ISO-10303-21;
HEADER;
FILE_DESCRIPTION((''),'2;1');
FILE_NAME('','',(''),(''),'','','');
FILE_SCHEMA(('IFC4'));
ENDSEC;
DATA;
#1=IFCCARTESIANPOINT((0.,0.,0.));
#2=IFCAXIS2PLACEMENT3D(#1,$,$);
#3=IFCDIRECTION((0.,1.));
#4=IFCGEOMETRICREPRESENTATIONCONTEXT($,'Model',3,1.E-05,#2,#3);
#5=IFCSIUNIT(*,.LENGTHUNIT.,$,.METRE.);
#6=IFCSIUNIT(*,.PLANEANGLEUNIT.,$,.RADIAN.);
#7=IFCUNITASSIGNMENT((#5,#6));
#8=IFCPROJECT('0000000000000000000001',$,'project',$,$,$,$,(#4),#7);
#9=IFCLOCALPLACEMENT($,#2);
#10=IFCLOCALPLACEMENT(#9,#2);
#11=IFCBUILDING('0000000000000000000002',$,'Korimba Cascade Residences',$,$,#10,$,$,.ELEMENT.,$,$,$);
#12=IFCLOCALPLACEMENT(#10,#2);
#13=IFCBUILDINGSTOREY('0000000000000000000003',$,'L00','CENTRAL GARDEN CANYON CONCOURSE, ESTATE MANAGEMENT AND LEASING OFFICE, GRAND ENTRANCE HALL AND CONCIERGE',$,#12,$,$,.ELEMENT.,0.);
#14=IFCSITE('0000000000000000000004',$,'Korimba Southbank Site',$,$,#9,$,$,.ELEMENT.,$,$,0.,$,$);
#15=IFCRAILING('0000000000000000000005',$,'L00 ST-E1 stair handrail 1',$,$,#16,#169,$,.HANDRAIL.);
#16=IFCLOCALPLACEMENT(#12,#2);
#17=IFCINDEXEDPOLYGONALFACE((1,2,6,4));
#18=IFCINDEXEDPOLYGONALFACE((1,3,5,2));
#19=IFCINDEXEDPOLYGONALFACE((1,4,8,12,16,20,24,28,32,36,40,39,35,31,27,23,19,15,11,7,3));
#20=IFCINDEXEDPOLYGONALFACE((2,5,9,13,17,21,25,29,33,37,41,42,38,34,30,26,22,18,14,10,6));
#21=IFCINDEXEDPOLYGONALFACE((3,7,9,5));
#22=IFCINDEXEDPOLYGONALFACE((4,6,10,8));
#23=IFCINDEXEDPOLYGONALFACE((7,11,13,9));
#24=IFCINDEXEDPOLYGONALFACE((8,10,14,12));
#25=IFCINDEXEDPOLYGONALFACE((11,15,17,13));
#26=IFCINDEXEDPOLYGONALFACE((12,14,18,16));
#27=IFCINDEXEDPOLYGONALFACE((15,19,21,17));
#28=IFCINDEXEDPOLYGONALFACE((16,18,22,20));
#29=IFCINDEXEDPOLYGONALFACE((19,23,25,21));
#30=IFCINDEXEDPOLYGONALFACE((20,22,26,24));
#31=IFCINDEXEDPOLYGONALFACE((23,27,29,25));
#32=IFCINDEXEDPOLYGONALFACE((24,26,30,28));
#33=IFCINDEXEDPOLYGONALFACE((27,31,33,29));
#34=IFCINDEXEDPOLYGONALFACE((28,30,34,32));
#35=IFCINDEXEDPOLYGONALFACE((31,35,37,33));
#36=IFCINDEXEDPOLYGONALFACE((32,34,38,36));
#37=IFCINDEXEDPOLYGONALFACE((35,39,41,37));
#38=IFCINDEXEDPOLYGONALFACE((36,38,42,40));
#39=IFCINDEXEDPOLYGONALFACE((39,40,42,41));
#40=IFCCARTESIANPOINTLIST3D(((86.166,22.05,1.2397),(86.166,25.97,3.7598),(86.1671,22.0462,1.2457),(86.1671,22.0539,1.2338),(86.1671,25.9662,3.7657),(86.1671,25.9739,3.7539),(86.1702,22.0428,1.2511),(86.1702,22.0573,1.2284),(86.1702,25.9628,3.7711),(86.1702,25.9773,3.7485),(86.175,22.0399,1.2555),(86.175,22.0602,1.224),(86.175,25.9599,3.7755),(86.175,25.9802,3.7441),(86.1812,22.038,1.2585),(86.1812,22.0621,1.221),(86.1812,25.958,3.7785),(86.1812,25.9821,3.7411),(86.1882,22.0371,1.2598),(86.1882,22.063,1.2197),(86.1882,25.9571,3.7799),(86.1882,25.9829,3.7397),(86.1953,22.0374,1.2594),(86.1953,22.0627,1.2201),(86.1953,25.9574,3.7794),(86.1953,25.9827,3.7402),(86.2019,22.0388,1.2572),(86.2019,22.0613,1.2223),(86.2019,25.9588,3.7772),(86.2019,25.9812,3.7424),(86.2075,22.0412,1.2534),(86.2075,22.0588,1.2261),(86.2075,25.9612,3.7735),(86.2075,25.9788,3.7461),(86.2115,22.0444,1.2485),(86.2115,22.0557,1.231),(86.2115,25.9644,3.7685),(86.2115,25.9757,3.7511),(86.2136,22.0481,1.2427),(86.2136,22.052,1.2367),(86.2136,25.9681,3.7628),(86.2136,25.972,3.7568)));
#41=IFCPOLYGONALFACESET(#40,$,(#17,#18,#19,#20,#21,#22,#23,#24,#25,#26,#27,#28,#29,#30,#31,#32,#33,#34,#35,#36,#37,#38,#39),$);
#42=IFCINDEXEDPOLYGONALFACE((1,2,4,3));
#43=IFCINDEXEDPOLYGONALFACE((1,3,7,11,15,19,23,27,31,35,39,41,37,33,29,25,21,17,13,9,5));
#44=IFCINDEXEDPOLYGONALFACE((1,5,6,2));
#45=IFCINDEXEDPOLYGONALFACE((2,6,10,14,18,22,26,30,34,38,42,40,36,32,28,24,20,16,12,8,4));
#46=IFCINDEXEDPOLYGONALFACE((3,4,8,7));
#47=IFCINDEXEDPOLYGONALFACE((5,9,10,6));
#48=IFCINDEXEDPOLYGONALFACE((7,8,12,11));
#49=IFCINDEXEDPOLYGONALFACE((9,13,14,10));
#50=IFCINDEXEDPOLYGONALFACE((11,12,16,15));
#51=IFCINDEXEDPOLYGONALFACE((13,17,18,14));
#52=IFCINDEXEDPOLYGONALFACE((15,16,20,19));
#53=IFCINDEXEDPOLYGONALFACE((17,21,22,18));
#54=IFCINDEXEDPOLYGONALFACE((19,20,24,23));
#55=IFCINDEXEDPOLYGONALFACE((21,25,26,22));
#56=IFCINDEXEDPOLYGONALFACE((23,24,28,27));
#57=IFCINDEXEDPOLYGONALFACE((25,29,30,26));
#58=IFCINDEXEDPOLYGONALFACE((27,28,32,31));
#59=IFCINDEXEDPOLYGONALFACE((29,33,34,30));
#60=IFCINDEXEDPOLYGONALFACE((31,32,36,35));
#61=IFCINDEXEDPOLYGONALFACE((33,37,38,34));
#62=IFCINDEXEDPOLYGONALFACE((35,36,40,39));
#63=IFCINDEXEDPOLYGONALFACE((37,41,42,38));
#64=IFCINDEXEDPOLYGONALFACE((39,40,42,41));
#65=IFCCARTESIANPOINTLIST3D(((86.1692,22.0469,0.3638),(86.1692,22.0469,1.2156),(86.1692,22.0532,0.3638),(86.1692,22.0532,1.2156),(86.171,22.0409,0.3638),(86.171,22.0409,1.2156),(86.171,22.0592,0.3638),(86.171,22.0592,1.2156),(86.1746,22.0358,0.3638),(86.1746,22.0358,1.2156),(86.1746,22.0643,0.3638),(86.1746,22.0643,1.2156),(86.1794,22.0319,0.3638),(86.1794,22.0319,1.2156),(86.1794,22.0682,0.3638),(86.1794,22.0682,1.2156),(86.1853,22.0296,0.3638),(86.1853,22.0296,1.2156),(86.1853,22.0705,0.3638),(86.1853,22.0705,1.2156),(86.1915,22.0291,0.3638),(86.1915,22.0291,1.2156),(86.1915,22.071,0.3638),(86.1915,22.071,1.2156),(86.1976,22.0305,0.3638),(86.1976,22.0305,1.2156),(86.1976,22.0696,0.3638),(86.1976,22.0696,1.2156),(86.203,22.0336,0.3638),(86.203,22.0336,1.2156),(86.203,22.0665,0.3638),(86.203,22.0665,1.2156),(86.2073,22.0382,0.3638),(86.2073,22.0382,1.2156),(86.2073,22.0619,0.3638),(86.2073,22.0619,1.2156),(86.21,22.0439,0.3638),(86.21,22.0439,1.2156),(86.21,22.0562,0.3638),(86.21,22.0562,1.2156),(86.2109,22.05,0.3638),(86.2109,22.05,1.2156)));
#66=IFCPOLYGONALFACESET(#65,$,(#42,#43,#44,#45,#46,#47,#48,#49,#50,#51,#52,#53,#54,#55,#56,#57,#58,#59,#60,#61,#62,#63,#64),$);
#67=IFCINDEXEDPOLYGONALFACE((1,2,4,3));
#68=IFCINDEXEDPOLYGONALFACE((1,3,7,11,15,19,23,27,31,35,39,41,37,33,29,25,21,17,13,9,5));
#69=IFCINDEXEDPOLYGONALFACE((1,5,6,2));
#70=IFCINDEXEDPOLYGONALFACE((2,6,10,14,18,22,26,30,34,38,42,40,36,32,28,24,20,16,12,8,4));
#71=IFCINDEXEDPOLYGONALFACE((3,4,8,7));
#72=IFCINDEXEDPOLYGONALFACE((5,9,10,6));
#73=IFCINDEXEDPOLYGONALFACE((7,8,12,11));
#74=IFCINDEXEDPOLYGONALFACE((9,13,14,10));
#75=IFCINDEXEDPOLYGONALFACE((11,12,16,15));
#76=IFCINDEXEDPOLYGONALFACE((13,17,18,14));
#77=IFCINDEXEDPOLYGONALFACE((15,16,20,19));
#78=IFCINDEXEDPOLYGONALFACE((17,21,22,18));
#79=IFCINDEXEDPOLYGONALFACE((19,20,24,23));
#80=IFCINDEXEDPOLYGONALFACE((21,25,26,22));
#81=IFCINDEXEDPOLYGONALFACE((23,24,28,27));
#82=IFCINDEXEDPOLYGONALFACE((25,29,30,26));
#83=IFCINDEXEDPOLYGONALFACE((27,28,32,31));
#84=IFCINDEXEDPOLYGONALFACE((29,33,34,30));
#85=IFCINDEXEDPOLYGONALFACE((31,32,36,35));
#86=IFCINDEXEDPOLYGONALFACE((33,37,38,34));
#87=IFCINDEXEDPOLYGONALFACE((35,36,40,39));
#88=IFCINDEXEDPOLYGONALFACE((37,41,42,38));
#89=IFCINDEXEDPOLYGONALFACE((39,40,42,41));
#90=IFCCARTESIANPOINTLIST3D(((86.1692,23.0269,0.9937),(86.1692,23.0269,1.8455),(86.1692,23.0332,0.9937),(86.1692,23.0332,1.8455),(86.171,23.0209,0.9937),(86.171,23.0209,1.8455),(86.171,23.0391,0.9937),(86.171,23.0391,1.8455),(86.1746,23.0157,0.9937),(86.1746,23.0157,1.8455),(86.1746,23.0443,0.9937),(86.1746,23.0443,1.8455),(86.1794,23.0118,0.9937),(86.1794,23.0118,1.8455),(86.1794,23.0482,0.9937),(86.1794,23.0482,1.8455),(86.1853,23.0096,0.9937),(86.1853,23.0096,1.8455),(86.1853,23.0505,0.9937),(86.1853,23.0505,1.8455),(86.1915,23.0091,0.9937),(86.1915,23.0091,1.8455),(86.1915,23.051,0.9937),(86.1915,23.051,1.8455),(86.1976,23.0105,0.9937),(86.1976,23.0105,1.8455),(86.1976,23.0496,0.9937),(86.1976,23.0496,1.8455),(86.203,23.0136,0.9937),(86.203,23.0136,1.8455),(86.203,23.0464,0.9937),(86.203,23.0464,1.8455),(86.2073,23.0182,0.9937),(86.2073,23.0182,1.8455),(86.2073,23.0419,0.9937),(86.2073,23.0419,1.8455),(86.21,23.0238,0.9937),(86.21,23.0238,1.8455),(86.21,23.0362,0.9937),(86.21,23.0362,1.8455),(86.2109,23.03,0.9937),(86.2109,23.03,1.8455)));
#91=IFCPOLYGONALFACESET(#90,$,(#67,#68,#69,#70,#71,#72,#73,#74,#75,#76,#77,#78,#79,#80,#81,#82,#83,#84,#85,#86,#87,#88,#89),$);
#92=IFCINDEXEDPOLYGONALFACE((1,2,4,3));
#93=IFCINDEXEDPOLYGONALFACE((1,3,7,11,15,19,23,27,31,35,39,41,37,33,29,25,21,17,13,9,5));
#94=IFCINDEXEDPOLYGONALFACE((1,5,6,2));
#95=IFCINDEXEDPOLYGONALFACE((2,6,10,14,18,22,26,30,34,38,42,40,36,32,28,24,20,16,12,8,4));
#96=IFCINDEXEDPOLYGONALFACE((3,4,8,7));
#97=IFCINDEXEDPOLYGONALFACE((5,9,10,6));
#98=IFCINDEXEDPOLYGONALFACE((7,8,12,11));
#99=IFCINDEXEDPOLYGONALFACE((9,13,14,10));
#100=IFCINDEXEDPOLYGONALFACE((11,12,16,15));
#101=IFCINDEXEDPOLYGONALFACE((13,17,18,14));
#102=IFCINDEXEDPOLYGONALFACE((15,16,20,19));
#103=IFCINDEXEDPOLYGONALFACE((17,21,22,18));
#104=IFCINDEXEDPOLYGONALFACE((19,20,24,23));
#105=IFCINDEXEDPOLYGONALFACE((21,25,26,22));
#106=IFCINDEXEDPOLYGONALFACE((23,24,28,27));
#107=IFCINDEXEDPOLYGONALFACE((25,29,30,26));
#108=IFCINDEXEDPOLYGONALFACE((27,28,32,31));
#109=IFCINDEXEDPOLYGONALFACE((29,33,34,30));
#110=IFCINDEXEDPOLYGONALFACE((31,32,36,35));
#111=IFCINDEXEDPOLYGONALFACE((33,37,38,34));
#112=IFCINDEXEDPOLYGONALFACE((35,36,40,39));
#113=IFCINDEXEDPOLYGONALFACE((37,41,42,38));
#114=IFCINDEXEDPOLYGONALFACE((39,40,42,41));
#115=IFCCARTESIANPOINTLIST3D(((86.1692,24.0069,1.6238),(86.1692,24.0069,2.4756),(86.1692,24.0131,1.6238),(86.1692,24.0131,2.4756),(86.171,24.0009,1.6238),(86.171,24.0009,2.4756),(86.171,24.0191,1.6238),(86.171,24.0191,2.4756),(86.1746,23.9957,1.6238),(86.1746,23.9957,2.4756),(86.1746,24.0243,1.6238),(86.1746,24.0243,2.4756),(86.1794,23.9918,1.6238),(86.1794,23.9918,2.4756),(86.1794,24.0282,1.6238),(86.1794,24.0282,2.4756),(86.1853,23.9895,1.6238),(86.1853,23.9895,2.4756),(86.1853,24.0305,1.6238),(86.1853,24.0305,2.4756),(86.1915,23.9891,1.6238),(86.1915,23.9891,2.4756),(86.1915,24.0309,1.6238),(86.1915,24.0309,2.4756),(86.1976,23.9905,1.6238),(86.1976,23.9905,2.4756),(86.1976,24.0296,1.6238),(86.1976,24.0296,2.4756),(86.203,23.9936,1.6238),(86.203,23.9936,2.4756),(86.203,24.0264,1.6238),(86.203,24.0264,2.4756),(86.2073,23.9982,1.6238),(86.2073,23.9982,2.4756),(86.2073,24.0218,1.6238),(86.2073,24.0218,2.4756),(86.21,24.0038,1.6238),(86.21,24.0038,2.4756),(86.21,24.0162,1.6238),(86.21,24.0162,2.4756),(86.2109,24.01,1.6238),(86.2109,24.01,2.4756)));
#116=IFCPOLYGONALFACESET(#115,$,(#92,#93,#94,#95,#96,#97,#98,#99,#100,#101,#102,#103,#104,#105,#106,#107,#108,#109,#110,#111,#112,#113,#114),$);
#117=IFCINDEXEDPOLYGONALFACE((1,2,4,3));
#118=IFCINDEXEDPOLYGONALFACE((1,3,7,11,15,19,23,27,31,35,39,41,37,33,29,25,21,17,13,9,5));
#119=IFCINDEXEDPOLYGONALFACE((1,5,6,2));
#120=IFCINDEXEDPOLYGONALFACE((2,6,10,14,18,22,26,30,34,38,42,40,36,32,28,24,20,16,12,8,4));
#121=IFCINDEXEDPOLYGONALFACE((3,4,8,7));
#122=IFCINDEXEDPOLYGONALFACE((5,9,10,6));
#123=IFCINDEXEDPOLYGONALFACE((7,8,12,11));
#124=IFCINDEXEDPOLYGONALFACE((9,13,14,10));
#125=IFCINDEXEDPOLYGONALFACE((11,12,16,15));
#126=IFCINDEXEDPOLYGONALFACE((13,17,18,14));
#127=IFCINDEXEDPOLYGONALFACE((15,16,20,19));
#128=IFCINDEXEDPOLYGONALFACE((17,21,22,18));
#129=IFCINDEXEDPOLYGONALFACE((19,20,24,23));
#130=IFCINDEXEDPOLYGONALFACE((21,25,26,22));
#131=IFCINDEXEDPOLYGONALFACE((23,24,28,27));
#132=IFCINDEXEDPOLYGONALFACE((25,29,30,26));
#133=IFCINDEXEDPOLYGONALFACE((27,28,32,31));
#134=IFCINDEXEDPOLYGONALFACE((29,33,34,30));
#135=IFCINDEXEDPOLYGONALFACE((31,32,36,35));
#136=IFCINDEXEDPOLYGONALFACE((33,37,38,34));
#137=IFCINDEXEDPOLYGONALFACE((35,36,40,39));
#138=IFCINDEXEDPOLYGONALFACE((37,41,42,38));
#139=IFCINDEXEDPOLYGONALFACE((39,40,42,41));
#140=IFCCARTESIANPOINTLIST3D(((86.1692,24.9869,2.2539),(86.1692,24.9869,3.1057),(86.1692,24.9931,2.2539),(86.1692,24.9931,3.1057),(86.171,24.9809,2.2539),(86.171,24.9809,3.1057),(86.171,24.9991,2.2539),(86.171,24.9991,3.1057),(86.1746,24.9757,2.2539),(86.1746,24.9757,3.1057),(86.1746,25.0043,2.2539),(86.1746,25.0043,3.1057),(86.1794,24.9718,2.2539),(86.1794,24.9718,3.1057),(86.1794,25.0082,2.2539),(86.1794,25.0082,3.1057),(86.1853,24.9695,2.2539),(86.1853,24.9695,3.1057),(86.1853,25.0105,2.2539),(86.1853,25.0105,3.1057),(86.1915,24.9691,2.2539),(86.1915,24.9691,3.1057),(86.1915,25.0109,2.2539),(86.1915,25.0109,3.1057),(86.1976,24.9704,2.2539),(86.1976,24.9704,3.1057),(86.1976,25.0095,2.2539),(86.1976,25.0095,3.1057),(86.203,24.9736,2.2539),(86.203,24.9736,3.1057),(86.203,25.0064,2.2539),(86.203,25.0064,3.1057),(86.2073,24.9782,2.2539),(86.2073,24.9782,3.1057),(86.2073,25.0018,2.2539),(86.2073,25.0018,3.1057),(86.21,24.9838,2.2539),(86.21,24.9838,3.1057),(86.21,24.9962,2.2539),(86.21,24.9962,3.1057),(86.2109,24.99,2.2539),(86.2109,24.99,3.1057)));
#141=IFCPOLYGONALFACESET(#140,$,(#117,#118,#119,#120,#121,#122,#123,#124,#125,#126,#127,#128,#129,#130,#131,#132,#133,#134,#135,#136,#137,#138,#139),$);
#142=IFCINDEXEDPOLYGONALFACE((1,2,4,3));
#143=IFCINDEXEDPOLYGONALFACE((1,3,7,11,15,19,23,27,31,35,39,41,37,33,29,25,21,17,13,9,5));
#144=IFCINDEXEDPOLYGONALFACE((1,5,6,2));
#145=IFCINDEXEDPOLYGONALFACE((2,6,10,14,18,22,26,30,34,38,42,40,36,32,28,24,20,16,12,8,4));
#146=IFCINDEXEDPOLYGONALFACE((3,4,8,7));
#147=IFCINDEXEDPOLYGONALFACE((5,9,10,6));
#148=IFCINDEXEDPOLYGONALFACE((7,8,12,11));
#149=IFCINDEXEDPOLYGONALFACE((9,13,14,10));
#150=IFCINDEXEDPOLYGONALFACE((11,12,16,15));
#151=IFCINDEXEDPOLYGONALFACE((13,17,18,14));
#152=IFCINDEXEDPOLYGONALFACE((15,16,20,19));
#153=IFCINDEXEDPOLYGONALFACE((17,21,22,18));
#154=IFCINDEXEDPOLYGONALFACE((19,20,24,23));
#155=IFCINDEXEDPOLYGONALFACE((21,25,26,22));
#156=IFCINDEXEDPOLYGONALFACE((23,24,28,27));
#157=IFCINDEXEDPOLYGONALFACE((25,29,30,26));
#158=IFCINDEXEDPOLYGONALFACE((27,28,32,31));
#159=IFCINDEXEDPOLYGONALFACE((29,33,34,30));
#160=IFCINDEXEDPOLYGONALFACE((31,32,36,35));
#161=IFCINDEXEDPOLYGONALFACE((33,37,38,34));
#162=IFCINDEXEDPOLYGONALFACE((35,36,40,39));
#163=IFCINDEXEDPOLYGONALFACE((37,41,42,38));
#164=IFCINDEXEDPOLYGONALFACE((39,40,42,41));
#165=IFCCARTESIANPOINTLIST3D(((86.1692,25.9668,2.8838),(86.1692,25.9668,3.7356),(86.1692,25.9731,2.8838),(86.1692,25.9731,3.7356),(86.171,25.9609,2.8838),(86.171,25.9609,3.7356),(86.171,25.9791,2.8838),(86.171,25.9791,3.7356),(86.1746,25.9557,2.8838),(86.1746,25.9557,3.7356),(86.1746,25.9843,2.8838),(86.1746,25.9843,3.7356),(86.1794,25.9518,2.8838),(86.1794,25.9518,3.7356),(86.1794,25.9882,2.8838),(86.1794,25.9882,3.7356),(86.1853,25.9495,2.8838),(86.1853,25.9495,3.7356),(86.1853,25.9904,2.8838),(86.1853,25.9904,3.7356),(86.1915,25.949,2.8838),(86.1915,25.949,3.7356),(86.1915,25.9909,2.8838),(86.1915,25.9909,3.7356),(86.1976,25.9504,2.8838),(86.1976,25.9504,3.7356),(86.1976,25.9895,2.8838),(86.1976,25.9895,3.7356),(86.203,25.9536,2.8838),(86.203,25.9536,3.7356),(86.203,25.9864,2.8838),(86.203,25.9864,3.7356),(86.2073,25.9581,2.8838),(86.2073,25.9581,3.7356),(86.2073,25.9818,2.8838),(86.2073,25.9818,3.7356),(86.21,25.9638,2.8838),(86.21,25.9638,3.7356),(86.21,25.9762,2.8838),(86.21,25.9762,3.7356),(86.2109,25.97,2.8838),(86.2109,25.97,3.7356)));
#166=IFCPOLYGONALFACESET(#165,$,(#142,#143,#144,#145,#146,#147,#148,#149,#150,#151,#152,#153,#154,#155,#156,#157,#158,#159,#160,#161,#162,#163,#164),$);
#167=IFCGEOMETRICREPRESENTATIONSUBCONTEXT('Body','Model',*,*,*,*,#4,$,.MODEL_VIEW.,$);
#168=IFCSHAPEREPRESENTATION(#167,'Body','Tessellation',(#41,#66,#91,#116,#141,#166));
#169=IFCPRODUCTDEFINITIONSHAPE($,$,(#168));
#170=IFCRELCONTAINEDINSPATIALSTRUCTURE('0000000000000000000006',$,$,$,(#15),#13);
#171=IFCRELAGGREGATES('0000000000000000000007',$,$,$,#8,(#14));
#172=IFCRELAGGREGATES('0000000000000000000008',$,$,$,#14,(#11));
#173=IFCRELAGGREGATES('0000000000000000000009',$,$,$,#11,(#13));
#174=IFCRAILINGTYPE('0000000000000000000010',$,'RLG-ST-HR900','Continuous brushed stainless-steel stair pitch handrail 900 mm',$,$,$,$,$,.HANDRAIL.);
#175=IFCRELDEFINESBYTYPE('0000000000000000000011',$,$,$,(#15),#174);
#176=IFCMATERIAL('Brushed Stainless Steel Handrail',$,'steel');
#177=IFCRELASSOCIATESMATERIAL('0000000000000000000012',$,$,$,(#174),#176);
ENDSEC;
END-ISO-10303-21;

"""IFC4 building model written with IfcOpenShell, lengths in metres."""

from ifc_helpers import new_model, si_unit, direction, frame, origin, origin_2d, place, context, subcontext, project, spatial, circle, extrude, material, type_object, element, save


model = new_model("IFC4")

# Units and contexts
model_context = context("Model", 3, precision=1e-05, world=origin(), true_north=direction((0.0, 1.0)))
body_context = subcontext(model_context, "Body", "Model", "MODEL_VIEW")
ifc_project = project(units=[si_unit("LENGTHUNIT", "METRE"), si_unit("PLANEANGLEUNIT", "RADIAN")], contexts=[model_context])

# Site, building, storey
site_placement = place(None, origin())
site = spatial("IfcSite", under=ifc_project, at=site_placement, Name="Korimba Southbank Site", CompositionType="ELEMENT", RefElevation=0.0)
building_placement = place(site_placement, origin())
building = spatial("IfcBuilding", under=site, at=building_placement, Name="Korimba Cascade Residences", CompositionType="ELEMENT")
storey_placement = place(building_placement, origin())
storey = spatial("IfcBuildingStorey", under=building, at=storey_placement, Name="L00", Description="CENTRAL GARDEN CANYON CONCOURSE, ESTATE MANAGEMENT AND LEASING OFFICE, GRAND ENTRANCE HALL AND CONCIERGE", CompositionType="ELEMENT", Elevation=0.0)

# Railing
ifc_material_1 = material(Name="Brushed Stainless Steel Handrail", Category="steel")
railing_type = type_object("IfcRailingType", Name="RLG-ST-HR900", Description="Continuous brushed stainless-steel stair pitch handrail 900 mm", PredefinedType="HANDRAIL", material=ifc_material_1)
railing_placement = place(storey_placement, frame((86.1899, 22.05, 0.3638)))
element("IfcRailing", 1, at=railing_placement, inside=storey, type_object=railing_type, Name="L00 ST-E1 stair handrail 1", PredefinedType="HANDRAIL", context=body_context, shape_type="SweptSolid", body=[
    extrude(circle(Radius=0.0239, at=origin_2d()), frame((0.0, 0.0, 0.876), z_axis=(0.0, 0.841172, 0.540768), x_axis=(-1.0, 0.0, 0.0)), (0.0, 0.0, 1.0), 4.6602),
    extrude(circle(Radius=0.021, at=origin_2d()), origin(), (0.0, 0.0, 1.0), 0.8518),
    extrude(circle(Radius=0.021, at=origin_2d()), frame((0.0, 0.98, 0.6299)), (0.0, 0.0, 1.0), 0.8518),
    extrude(circle(Radius=0.021, at=origin_2d()), frame((0.0, 1.96, 1.26)), (0.0, 0.0, 1.0), 0.8518),
    extrude(circle(Radius=0.021, at=origin_2d()), frame((0.0, 2.9399, 1.8901)), (0.0, 0.0, 1.0), 0.8518),
    extrude(circle(Radius=0.021, at=origin_2d()), frame((0.0, 3.9199, 2.52)), (0.0, 0.0, 1.0), 0.8518),
])

save(model, "model.ifc")
